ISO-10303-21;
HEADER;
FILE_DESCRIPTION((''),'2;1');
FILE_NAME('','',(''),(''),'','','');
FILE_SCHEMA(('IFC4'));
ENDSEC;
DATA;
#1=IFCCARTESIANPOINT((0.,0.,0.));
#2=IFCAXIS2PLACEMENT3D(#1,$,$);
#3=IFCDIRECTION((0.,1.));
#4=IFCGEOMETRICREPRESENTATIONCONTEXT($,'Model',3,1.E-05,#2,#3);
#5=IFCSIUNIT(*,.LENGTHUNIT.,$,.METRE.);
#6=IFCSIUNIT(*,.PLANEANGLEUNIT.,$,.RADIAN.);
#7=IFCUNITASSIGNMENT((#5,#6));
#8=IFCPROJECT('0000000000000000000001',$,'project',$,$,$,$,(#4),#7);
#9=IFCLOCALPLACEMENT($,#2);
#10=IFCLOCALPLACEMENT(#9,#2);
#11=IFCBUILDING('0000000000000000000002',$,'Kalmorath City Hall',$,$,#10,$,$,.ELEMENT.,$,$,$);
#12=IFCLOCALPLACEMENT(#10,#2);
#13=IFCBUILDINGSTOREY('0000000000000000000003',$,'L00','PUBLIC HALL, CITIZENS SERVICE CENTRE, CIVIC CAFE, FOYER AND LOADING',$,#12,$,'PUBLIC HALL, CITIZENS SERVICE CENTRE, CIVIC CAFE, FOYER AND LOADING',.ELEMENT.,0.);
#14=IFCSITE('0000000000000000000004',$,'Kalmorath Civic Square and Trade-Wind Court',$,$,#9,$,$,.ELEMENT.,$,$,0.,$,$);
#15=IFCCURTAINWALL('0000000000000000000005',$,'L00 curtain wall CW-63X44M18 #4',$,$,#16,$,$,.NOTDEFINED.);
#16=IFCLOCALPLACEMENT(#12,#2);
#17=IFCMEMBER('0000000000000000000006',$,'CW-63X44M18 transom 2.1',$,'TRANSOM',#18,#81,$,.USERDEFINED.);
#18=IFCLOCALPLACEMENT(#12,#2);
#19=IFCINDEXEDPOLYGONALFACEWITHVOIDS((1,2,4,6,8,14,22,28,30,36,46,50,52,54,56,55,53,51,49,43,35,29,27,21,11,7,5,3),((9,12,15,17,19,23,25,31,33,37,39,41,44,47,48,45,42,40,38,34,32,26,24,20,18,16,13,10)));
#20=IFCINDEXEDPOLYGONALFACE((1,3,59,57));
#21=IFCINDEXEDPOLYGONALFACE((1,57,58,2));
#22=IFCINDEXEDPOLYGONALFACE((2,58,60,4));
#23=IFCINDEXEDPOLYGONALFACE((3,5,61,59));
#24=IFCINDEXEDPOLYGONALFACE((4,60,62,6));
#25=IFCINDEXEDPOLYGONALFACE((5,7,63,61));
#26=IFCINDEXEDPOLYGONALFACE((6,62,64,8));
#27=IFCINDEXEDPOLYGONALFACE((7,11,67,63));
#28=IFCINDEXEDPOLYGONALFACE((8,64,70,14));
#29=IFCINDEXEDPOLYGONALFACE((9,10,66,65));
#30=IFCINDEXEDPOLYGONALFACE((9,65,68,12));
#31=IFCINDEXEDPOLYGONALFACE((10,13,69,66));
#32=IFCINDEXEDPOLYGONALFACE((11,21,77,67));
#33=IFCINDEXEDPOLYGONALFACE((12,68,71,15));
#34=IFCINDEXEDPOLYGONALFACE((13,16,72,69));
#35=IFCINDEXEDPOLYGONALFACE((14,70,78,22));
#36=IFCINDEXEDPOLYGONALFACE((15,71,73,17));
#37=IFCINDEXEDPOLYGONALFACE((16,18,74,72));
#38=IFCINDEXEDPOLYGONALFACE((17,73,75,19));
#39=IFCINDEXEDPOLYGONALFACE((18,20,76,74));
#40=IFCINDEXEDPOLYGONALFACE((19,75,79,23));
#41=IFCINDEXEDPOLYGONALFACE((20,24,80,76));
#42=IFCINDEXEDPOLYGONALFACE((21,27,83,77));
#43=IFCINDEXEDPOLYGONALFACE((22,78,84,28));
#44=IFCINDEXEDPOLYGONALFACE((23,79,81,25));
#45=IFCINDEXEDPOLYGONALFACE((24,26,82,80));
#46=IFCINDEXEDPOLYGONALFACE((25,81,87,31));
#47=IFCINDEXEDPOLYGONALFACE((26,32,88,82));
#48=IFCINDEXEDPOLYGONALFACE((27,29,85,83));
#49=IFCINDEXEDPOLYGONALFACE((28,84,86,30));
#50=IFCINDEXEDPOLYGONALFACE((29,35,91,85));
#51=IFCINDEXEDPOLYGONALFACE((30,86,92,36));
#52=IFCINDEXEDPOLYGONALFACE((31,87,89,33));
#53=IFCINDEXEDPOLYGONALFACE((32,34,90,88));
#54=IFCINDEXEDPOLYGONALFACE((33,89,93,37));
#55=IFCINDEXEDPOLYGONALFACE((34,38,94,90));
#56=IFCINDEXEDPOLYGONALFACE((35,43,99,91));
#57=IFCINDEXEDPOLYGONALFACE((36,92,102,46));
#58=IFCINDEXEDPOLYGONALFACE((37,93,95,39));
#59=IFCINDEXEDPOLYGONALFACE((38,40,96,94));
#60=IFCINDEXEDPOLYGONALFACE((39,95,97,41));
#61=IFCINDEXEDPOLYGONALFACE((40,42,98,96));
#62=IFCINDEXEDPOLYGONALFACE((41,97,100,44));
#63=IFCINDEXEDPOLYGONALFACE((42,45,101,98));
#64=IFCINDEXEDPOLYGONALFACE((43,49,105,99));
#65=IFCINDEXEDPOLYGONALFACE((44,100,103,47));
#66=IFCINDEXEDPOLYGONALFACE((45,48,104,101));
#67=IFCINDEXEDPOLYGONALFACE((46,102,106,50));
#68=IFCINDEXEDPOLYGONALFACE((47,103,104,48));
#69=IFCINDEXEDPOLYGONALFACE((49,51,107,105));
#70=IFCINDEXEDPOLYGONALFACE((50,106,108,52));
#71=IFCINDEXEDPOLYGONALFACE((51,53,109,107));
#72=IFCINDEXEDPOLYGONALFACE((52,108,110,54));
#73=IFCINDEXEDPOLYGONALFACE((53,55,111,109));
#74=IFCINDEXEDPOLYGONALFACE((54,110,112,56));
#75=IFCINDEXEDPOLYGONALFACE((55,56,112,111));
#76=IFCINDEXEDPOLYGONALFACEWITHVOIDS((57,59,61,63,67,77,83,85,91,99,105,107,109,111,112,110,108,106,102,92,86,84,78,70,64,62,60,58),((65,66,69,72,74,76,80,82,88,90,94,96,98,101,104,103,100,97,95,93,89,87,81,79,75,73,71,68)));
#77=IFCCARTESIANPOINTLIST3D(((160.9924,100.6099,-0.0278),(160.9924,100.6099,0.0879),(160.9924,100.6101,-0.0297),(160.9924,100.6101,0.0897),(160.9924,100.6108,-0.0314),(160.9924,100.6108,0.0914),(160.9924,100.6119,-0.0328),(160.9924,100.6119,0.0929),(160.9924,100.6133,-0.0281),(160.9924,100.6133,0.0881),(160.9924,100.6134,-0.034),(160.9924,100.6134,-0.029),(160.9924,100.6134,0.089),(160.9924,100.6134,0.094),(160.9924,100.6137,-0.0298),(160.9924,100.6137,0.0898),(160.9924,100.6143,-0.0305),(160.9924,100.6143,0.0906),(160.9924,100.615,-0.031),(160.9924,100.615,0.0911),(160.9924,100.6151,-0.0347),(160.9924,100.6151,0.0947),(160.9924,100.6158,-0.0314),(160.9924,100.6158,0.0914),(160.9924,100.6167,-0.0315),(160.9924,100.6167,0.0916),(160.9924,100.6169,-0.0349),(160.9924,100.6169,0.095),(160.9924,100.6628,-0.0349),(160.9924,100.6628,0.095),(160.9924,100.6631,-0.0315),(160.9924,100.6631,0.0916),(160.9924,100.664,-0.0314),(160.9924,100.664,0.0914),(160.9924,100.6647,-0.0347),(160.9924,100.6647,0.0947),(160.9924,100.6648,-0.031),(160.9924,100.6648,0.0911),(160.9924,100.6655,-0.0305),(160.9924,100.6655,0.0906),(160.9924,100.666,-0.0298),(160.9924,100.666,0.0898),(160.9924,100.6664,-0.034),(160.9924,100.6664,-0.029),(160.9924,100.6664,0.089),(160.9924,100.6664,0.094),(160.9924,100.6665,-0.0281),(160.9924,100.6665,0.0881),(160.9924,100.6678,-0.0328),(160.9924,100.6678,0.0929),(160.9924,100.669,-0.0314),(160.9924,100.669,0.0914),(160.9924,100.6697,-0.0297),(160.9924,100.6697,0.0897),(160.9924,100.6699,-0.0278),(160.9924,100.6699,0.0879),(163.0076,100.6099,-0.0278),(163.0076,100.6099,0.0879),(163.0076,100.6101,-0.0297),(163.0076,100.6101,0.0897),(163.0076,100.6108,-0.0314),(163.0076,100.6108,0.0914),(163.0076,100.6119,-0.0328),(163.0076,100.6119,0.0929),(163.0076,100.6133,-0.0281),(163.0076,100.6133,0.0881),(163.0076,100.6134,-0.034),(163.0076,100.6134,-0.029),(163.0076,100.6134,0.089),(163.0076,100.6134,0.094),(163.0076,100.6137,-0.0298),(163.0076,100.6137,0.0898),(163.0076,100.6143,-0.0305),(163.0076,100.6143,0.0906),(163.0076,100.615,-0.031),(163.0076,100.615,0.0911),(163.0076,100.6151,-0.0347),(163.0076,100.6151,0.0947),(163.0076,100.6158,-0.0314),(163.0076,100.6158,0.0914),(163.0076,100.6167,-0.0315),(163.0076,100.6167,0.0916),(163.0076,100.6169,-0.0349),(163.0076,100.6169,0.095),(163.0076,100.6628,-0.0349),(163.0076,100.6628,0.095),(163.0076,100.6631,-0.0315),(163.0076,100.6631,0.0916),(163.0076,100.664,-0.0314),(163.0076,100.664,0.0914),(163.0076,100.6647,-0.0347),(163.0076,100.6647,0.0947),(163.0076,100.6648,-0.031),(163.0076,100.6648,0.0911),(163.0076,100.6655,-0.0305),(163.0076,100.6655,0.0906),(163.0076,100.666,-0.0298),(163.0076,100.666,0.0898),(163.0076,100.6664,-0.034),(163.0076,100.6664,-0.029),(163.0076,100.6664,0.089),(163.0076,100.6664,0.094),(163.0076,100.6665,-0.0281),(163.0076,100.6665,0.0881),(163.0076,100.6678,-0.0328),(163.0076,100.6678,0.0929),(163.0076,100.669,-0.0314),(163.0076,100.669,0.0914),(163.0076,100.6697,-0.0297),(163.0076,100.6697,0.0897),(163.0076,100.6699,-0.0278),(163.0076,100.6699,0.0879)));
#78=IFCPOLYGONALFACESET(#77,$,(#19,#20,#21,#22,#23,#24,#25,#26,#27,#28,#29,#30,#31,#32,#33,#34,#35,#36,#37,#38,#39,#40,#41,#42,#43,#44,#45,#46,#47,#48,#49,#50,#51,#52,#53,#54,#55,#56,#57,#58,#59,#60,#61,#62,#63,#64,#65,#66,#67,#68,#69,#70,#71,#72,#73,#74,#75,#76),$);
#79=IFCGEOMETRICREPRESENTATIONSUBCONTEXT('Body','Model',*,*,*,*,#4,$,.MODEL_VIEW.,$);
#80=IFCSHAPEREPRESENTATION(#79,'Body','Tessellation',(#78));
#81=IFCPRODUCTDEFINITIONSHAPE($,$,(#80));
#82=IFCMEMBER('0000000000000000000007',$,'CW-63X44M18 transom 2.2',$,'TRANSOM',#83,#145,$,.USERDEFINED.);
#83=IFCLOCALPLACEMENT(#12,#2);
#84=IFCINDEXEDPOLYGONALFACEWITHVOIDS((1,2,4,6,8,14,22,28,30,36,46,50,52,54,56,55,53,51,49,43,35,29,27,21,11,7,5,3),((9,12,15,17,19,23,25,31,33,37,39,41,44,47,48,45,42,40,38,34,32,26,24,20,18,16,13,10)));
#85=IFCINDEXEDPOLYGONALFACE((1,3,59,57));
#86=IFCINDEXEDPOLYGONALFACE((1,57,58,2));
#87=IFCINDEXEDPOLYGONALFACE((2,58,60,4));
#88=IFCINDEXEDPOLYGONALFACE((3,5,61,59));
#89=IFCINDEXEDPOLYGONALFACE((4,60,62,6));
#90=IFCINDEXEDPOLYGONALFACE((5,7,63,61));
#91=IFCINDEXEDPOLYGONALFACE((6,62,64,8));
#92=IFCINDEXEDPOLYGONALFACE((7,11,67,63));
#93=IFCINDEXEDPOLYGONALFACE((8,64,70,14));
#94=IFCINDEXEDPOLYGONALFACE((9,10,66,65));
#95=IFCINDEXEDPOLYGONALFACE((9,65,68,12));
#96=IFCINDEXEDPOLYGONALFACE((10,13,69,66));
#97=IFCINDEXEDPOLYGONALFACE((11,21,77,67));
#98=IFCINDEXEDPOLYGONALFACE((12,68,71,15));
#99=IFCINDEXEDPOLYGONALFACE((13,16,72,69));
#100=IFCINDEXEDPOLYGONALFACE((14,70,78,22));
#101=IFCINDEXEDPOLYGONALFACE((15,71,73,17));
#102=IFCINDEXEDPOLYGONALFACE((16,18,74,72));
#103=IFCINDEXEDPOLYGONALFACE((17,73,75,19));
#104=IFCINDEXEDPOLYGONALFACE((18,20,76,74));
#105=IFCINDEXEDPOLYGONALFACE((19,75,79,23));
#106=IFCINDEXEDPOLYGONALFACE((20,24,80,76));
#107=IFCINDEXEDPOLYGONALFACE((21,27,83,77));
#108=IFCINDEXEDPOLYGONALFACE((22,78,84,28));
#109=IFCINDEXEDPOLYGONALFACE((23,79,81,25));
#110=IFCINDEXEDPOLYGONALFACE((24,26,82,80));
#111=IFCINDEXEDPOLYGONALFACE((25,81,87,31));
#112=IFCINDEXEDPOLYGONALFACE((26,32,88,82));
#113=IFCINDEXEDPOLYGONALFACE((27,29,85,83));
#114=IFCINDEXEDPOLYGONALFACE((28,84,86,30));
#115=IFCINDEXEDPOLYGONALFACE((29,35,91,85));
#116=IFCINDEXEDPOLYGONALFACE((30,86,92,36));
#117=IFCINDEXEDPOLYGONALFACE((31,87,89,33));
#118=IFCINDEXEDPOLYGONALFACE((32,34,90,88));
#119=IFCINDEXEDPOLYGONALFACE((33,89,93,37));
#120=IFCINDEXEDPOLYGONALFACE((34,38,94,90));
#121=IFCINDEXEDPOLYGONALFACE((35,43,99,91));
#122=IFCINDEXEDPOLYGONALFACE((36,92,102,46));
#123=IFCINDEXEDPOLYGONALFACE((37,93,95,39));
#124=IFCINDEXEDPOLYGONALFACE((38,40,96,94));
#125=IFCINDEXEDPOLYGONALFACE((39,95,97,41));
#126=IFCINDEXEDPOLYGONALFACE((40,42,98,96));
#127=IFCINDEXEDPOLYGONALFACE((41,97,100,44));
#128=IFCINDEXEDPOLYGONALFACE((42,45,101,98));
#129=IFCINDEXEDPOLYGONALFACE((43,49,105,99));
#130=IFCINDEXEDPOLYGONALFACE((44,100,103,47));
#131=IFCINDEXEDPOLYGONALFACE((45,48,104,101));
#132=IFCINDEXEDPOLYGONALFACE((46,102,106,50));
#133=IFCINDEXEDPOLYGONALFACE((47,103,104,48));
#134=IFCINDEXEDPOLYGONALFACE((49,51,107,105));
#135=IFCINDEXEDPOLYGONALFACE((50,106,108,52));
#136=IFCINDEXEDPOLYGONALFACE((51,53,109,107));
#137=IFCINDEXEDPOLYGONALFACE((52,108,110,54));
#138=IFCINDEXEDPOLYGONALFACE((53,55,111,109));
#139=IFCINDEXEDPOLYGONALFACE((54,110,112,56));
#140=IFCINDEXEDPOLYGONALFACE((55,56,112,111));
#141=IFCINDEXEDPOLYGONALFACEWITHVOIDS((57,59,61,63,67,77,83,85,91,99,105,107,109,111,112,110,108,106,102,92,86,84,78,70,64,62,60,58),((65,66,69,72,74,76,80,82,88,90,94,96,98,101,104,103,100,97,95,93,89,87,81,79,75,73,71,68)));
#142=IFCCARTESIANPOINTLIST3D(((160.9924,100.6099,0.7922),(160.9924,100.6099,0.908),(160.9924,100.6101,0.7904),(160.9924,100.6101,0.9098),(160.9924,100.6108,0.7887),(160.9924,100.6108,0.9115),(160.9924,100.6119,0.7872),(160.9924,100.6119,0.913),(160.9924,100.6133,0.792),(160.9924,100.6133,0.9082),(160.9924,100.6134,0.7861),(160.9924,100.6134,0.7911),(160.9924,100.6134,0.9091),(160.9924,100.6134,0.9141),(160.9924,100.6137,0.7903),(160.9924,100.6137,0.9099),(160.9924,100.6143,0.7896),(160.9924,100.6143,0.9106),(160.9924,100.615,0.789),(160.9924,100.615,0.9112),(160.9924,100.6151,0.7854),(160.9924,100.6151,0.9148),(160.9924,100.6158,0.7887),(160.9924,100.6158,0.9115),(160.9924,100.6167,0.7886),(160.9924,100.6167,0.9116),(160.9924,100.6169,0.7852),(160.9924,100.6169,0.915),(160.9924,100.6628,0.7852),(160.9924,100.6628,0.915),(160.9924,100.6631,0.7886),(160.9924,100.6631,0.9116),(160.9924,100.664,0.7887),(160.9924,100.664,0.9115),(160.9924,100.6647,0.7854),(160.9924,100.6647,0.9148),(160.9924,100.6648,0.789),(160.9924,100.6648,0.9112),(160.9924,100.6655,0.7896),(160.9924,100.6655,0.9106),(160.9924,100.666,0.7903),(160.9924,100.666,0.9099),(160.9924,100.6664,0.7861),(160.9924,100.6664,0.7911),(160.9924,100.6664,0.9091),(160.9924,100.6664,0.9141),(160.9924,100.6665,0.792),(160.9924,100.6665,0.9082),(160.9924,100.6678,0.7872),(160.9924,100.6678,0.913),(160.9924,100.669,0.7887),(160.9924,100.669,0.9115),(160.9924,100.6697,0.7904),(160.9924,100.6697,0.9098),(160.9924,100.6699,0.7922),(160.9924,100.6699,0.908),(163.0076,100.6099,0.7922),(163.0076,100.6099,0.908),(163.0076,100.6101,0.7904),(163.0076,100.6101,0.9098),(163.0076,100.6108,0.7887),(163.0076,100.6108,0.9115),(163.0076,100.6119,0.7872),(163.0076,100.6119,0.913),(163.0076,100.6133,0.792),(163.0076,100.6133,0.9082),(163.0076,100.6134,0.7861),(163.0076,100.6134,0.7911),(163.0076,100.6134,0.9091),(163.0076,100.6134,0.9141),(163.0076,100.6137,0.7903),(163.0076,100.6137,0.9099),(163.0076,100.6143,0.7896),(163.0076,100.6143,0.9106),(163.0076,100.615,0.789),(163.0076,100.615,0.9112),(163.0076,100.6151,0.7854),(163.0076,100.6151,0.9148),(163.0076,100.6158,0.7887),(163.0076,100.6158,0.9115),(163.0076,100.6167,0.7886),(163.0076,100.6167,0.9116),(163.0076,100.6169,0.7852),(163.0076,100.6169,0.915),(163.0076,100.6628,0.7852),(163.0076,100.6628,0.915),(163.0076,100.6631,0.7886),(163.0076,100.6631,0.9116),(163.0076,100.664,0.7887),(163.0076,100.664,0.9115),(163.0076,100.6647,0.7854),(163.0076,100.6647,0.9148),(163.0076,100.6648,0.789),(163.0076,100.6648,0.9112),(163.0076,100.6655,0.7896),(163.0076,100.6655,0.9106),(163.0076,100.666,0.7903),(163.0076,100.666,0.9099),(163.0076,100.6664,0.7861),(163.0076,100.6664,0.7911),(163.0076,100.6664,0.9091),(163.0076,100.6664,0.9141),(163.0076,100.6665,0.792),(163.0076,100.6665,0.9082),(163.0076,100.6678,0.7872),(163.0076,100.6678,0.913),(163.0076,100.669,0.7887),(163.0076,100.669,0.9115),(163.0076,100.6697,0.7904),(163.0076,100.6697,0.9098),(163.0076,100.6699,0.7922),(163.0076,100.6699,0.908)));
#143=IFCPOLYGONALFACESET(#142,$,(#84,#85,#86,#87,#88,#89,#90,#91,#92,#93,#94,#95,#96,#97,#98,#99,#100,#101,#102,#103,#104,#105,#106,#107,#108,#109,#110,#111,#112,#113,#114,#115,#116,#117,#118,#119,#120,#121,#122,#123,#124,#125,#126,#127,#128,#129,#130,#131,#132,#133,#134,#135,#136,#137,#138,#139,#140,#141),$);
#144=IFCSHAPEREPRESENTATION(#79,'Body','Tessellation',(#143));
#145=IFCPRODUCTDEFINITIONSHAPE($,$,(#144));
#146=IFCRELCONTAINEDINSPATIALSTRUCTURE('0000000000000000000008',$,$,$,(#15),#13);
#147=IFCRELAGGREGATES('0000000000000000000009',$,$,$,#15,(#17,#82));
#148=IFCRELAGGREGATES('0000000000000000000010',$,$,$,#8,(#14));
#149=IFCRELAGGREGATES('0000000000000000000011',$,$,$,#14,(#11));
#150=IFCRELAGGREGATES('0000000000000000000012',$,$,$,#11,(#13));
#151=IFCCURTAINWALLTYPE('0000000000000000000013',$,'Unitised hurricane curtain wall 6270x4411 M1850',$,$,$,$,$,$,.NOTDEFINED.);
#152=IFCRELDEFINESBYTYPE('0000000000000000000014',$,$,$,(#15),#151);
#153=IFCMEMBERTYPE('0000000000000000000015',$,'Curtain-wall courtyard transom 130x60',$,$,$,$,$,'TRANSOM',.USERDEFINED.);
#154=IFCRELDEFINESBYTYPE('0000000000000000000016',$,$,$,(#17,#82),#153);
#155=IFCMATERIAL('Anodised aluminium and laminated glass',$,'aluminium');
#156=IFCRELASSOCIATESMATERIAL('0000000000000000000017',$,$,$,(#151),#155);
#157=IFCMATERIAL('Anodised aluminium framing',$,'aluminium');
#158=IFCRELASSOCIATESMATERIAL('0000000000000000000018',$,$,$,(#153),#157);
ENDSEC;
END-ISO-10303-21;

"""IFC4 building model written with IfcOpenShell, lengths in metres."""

from ifc_helpers import new_model, si_unit, direction, frame, origin, origin_2d, place, context, subcontext, project, spatial, hollow_rectangle, extrude, material, material_profile, profile_set, type_object, element, aggregate, save


model = new_model("IFC4")

# Units and contexts
model_context = context("Model", 3, precision=1e-05, world=origin(), true_north=direction((0.0, 1.0)))
body_context = subcontext(model_context, "Body", "Model", "MODEL_VIEW")
ifc_project = project(units=[si_unit("LENGTHUNIT", "METRE"), si_unit("PLANEANGLEUNIT", "RADIAN")], contexts=[model_context])

# Site, building, storey
site_placement = place(None, origin())
site = spatial("IfcSite", under=ifc_project, at=site_placement, Name="Kalmorath Civic Square and Trade-Wind Court", CompositionType="ELEMENT", RefElevation=0.0)
building_placement = place(site_placement, origin())
building = spatial("IfcBuilding", under=site, at=building_placement, Name="Kalmorath City Hall", CompositionType="ELEMENT")
storey_placement = place(building_placement, origin())
storey = spatial("IfcBuildingStorey", under=building, at=storey_placement, Name="L00", Description="PUBLIC HALL, CITIZENS SERVICE CENTRE, CIVIC CAFE, FOYER AND LOADING", LongName="PUBLIC HALL, CITIZENS SERVICE CENTRE, CIVIC CAFE, FOYER AND LOADING", CompositionType="ELEMENT", Elevation=0.0)

# Curtain wall, members
ifc_material_1 = material(Name="Anodised aluminium and laminated glass", Category="aluminium")
curtain_wall_type = type_object("IfcCurtainWallType", Name="Unitised hurricane curtain wall 6270x4411 M1850", PredefinedType="NOTDEFINED", material=ifc_material_1)
curtain_wall_placement = place(storey_placement, origin())
curtain_wall = element("IfcCurtainWall", 1, at=curtain_wall_placement, inside=storey, type_object=curtain_wall_type, Name="L00 curtain wall CW-63X44M18 #4", PredefinedType="NOTDEFINED")
ifc_material_2 = material(Name="Anodised aluminium framing", Category="aluminium")
ifc_material_profile_1 = material_profile(ifc_material_2, hollow_rectangle(XDim=0.0601, YDim=0.1299, WallThickness=0.0034, InnerFilletRadius=0.0034, OuterFilletRadius=0.0071, at=origin_2d()), Name="ALU-TRN-130X60X3.5")
ifc_profile_set_1 = profile_set([ifc_material_profile_1], Name="Anodised aluminium framing")
member_type_1 = type_object("IfcMemberType", Name="Curtain-wall courtyard transom 130x60", ElementType="TRANSOM", PredefinedType="USERDEFINED", material=ifc_profile_set_1)
member_1_placement = place(storey_placement, frame((160.9924, 100.6399, 0.03), z_axis=(1.0, 0.0, 0.0), x_axis=(0.0, 1.0, 0.0)))
member_1 = element("IfcMember", 2, at=member_1_placement, type_object=member_type_1, Name="CW-63X44M18 transom 2.1", ObjectType="TRANSOM", PredefinedType="USERDEFINED", context=body_context, shape_type="SweptSolid", body=[
    extrude(hollow_rectangle(XDim=0.0601, YDim=0.1299, WallThickness=0.0034, InnerFilletRadius=0.0034, OuterFilletRadius=0.0071, at=origin_2d()), origin(), (0.0, 0.0, 1.0), 2.0151),
])
member_2_placement = place(storey_placement, frame((160.9924, 100.6399, 0.8501), z_axis=(1.0, 0.0, 0.0), x_axis=(0.0, 1.0, 0.0)))
member_2 = element("IfcMember", 3, at=member_2_placement, type_object=member_type_1, Name="CW-63X44M18 transom 2.2", ObjectType="TRANSOM", PredefinedType="USERDEFINED", context=body_context, shape_type="SweptSolid", body=[
    extrude(hollow_rectangle(XDim=0.0601, YDim=0.1299, WallThickness=0.0034, InnerFilletRadius=0.0034, OuterFilletRadius=0.0071, at=origin_2d()), origin(), (0.0, 0.0, 1.0), 2.0151),
])

aggregate(curtain_wall, [member_1, member_2])

save(model, "model.ifc")
